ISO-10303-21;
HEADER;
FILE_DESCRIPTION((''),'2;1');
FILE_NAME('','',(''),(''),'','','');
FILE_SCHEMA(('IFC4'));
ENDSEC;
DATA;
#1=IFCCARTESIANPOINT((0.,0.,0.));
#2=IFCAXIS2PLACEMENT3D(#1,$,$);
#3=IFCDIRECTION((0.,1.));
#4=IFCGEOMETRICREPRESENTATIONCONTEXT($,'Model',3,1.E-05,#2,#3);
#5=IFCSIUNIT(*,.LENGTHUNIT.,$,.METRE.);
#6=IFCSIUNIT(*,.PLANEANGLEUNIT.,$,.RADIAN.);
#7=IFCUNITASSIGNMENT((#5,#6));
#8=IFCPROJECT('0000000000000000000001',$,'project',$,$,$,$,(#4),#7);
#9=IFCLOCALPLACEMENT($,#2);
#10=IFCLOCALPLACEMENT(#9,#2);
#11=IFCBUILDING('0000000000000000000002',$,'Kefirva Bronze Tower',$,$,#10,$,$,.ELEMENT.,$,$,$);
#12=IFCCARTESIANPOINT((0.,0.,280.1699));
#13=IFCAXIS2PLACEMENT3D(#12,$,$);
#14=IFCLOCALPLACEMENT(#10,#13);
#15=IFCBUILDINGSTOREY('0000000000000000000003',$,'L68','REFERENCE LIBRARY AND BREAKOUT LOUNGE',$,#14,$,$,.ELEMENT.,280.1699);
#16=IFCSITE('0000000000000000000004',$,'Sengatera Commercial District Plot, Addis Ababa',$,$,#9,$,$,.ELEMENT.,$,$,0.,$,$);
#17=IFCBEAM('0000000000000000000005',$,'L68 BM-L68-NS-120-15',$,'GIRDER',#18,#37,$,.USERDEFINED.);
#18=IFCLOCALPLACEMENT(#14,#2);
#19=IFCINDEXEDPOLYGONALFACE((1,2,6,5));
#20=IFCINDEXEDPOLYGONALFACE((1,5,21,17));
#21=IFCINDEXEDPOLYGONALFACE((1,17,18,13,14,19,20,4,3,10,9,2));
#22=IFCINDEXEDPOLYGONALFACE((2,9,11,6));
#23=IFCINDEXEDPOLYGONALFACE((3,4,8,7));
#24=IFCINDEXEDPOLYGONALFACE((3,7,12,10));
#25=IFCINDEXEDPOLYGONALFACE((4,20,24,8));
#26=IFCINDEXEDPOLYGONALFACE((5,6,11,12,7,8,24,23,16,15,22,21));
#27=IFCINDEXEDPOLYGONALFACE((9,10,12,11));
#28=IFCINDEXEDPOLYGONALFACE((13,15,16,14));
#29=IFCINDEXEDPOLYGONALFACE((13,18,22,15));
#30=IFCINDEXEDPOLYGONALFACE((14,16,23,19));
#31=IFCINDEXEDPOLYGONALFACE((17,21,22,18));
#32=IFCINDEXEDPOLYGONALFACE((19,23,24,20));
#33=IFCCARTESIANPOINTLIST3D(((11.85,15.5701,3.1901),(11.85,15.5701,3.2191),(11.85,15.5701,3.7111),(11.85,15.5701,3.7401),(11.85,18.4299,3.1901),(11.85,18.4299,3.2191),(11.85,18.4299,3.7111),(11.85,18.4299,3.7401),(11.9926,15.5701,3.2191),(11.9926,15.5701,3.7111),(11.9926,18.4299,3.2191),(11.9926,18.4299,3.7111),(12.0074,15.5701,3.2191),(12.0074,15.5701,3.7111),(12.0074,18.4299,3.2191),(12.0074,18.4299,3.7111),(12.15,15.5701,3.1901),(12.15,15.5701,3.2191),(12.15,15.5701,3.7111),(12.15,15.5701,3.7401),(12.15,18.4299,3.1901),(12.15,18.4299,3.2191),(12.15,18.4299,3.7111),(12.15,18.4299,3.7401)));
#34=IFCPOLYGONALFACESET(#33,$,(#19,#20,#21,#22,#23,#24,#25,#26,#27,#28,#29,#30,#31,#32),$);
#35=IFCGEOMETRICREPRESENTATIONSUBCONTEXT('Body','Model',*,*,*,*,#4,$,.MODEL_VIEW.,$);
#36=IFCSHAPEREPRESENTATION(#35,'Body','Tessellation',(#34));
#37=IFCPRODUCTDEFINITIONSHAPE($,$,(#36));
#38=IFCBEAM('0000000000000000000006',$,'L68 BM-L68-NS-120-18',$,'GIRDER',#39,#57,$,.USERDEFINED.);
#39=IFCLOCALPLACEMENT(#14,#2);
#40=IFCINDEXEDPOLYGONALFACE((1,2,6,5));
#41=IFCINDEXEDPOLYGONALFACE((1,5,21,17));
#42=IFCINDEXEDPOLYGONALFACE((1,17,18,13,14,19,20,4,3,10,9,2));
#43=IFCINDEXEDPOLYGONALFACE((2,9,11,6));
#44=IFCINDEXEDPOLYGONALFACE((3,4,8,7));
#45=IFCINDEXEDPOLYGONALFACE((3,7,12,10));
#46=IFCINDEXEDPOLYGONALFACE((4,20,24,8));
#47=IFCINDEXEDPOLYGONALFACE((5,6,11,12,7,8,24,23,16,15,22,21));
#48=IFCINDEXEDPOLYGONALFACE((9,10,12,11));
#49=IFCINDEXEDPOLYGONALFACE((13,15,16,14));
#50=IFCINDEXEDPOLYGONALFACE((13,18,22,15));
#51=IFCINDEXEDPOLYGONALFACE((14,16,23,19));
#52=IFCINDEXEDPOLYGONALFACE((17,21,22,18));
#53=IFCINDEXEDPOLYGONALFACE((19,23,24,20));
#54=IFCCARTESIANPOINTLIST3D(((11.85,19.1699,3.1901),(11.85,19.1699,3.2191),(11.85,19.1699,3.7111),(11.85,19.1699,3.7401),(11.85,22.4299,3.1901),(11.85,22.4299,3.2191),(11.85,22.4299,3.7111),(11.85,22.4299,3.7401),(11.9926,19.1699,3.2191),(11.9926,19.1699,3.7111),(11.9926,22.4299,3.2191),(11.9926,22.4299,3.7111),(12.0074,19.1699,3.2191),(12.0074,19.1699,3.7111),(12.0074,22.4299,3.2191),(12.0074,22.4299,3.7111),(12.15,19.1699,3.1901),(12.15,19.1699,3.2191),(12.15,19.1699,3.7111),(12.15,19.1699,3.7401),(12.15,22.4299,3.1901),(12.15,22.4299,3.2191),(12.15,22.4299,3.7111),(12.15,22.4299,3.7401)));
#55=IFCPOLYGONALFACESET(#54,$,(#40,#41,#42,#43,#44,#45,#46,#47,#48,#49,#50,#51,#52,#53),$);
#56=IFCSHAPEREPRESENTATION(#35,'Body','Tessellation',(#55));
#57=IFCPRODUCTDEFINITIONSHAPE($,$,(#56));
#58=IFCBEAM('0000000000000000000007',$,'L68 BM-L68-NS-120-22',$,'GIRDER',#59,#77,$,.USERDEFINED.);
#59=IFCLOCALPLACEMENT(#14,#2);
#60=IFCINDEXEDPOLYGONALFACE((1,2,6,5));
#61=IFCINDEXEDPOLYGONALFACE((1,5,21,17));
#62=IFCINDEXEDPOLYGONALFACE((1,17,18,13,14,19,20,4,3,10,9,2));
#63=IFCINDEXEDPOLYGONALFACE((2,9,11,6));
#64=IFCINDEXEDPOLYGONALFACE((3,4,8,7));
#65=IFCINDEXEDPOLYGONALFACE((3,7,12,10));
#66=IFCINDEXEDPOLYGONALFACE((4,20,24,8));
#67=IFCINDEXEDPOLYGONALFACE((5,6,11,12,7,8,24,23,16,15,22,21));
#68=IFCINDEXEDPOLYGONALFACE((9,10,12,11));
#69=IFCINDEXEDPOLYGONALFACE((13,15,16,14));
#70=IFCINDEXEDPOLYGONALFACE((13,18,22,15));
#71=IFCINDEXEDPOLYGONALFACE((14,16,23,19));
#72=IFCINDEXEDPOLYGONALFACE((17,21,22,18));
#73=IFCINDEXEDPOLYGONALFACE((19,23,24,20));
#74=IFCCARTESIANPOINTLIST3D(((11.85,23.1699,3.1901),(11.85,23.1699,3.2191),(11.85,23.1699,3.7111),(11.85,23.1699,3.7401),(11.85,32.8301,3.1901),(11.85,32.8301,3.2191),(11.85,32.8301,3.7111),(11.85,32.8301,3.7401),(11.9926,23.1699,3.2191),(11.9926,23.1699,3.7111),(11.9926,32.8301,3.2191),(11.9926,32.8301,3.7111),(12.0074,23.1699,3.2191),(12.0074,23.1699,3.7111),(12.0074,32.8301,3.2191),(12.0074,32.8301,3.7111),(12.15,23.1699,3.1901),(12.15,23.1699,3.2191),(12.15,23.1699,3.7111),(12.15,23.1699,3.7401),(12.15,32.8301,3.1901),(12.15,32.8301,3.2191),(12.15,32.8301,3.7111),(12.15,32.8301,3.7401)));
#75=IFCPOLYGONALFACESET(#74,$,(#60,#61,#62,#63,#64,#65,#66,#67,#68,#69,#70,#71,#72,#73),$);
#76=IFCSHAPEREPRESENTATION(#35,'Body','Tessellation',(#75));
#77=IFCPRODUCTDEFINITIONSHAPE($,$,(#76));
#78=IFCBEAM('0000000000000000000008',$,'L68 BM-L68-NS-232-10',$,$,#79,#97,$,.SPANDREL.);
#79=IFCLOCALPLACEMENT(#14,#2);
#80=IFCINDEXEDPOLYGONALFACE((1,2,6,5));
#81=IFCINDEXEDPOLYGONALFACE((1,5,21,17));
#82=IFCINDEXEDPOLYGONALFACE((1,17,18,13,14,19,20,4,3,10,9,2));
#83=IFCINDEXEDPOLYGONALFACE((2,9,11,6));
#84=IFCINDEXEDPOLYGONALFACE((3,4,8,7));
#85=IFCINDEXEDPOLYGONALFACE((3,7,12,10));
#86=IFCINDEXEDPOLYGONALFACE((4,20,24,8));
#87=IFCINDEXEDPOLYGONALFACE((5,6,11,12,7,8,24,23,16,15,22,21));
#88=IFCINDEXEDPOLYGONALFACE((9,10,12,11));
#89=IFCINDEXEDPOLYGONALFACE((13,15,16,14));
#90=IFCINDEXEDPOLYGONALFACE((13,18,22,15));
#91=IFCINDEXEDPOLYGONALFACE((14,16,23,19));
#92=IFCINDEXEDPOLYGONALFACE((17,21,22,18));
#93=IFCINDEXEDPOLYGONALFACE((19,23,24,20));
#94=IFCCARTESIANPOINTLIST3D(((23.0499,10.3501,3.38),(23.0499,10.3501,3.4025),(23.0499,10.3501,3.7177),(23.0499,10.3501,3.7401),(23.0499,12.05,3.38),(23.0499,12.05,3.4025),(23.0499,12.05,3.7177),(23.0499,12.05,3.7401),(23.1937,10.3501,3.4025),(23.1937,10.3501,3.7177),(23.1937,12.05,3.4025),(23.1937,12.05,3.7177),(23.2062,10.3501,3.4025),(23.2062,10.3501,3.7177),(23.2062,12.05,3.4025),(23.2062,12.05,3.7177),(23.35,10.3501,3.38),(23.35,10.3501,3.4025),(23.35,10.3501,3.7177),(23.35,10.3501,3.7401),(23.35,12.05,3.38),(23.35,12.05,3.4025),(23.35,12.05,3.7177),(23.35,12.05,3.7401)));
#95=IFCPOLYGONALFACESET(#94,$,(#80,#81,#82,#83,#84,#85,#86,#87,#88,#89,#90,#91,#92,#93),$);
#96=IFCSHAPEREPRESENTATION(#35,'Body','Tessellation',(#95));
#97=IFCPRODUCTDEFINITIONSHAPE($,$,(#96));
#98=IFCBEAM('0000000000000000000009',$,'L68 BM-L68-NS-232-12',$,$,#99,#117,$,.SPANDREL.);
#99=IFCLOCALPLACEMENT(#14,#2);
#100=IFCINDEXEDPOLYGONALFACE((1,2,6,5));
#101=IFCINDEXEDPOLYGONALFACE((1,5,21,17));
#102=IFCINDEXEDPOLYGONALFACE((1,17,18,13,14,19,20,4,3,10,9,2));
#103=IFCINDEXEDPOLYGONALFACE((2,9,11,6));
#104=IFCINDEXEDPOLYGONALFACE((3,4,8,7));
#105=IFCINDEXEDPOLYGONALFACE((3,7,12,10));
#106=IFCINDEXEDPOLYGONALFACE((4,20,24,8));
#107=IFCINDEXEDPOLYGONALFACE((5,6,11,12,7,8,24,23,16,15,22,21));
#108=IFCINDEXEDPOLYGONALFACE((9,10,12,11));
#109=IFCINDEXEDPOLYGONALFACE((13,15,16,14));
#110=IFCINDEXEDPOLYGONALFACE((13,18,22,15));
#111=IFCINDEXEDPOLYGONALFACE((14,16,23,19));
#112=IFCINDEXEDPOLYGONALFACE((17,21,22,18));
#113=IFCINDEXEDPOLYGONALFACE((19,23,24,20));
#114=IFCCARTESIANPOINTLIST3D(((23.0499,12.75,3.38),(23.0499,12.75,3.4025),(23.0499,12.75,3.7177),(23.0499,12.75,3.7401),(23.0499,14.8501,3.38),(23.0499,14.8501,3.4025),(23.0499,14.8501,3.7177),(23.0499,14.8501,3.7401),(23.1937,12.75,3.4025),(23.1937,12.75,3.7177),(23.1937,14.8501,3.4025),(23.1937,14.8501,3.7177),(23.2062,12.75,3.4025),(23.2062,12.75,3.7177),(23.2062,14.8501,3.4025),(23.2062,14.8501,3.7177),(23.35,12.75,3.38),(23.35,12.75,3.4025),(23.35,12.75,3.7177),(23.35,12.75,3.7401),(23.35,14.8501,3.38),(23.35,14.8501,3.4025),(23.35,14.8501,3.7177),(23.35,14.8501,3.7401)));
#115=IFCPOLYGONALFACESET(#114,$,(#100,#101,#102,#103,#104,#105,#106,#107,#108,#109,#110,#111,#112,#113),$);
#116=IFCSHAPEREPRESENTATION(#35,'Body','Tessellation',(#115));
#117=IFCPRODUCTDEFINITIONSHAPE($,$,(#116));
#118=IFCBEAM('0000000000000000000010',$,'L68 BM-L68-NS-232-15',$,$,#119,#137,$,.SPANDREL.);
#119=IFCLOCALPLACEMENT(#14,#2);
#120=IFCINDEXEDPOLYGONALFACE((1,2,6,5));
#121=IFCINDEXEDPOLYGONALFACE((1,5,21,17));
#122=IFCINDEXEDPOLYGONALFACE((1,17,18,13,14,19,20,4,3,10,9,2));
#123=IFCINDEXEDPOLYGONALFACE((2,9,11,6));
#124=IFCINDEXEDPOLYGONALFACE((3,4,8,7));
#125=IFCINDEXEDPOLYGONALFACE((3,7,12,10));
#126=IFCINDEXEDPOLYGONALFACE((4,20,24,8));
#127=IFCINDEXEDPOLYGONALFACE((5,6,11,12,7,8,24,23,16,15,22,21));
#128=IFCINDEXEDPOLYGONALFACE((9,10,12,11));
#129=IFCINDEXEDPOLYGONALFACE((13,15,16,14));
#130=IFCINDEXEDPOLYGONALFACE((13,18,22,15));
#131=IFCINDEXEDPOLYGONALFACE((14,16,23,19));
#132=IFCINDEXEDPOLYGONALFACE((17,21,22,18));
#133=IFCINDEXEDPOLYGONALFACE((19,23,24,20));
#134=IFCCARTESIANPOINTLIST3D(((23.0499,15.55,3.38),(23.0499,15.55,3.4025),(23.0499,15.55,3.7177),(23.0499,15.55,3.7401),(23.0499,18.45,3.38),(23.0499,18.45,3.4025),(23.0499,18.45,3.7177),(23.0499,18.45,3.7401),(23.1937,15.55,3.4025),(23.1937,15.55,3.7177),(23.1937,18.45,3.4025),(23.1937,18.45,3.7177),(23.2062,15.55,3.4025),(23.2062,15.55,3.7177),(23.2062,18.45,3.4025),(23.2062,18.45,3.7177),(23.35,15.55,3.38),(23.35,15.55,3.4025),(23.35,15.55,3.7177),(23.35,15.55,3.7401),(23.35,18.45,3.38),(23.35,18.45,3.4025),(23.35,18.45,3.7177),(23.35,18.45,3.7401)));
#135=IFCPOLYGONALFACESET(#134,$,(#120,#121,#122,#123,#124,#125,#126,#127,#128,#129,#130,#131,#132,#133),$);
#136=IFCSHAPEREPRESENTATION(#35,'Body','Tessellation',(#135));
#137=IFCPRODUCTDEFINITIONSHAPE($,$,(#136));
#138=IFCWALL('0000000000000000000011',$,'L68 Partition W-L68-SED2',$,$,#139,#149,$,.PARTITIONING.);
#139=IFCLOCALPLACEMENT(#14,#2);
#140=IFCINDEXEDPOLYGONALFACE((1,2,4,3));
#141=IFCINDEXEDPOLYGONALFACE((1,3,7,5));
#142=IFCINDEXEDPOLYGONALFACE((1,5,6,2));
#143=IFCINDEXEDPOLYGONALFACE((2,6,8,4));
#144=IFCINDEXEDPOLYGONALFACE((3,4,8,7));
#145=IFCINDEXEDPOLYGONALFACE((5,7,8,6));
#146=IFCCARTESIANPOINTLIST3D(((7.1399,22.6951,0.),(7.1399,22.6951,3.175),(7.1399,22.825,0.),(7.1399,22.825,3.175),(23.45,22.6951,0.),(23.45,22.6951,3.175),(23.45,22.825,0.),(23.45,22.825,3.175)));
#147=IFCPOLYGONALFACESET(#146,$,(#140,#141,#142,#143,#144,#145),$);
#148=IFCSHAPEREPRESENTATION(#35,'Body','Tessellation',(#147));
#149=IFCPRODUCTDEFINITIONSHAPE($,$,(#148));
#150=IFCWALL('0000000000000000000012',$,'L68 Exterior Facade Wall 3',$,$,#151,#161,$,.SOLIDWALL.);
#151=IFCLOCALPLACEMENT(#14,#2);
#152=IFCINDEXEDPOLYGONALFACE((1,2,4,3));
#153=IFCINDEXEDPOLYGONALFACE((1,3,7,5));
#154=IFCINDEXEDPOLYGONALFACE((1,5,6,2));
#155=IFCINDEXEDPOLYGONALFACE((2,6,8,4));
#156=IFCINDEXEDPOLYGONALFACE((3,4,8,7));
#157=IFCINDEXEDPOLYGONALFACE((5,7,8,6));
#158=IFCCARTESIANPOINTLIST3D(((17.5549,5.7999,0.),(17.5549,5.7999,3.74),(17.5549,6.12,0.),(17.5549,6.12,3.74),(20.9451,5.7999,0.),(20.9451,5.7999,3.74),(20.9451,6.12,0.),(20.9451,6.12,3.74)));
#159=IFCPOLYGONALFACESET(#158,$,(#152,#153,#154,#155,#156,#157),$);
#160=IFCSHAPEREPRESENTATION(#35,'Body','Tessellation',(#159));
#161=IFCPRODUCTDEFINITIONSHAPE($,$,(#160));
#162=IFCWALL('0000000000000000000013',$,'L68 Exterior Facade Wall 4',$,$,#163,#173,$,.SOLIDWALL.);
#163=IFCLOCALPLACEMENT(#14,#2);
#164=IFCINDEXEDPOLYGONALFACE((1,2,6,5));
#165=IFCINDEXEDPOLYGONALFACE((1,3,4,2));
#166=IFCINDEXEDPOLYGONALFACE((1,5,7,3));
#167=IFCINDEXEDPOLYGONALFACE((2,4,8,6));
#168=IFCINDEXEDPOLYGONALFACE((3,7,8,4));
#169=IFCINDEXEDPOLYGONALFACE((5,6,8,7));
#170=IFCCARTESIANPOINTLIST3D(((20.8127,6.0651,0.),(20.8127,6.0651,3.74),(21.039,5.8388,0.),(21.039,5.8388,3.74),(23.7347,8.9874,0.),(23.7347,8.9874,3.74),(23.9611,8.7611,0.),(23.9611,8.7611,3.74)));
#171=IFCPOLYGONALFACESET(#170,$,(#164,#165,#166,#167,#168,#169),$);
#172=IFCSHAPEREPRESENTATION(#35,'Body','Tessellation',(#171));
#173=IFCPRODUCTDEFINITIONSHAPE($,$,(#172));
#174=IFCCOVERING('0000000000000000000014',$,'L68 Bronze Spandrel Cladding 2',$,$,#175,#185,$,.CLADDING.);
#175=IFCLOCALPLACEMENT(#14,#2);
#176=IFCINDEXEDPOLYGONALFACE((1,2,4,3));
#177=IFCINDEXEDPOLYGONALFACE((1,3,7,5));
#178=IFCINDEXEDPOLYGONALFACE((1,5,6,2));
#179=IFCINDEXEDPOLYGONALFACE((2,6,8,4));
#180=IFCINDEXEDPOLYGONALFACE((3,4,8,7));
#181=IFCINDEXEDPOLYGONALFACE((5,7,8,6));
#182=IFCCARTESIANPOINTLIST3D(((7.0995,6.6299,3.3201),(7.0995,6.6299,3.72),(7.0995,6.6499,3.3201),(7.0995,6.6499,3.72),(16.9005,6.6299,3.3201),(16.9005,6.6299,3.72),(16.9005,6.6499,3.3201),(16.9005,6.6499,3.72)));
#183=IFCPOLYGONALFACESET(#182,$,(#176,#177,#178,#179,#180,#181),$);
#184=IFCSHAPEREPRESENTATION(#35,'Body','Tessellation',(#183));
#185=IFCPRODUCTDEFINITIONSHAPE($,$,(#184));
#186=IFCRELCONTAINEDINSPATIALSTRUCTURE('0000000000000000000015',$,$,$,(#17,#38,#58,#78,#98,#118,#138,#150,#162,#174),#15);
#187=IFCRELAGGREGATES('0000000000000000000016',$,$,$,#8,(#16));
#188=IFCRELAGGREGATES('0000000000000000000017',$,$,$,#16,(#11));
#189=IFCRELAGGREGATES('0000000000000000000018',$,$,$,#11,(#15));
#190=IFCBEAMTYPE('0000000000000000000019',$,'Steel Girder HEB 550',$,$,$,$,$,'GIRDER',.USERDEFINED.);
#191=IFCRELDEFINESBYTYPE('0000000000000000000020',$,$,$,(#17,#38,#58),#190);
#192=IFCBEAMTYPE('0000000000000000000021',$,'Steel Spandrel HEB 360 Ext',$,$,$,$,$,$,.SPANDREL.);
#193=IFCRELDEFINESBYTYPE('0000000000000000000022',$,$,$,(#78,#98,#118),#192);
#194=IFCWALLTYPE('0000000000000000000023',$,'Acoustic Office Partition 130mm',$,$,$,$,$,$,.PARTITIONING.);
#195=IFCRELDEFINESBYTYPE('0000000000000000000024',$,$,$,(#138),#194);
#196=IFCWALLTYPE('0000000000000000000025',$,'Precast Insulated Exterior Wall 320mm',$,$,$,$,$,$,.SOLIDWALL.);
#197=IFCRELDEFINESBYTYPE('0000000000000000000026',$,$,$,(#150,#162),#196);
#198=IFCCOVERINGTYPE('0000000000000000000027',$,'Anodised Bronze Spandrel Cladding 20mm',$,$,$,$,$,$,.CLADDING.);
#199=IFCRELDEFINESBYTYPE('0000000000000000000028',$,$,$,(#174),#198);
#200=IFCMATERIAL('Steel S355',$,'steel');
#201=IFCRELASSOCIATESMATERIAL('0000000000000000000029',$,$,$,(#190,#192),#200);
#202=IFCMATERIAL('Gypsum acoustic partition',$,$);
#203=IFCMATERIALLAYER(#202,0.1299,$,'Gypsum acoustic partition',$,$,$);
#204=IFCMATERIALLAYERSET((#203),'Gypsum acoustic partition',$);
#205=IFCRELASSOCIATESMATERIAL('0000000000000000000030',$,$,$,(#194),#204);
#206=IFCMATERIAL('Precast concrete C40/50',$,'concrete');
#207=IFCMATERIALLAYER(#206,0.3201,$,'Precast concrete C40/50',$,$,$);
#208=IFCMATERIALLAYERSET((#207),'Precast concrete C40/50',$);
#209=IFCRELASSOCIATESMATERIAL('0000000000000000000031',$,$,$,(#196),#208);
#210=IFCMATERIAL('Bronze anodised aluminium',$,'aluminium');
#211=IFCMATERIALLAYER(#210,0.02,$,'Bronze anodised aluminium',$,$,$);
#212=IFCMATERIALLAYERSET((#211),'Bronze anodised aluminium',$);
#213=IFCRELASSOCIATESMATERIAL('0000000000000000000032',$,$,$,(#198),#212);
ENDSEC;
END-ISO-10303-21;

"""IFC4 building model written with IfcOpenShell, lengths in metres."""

from ifc_helpers import new_model, si_unit, direction, frame, frame_2d, origin, origin_2d, place, context, subcontext, project, spatial, rectangle, i_section, extrude, material, layer, layer_set, material_profile, profile_set, type_object, element, save


model = new_model("IFC4")

# Units and contexts
model_context = context("Model", 3, precision=1e-05, world=origin(), true_north=direction((0.0, 1.0)))
body_context = subcontext(model_context, "Body", "Model", "MODEL_VIEW")
ifc_project = project(units=[si_unit("LENGTHUNIT", "METRE"), si_unit("PLANEANGLEUNIT", "RADIAN")], contexts=[model_context])

# Site, building, storey
site_placement = place(None, origin())
site = spatial("IfcSite", under=ifc_project, at=site_placement, Name="Sengatera Commercial District Plot, Addis Ababa", CompositionType="ELEMENT", RefElevation=0.0)
building_placement = place(site_placement, origin())
building = spatial("IfcBuilding", under=site, at=building_placement, Name="Kefirva Bronze Tower", CompositionType="ELEMENT")
storey_placement = place(building_placement, frame((0.0, 0.0, 280.1699)))
storey = spatial("IfcBuildingStorey", under=building, at=storey_placement, Name="L68", Description="REFERENCE LIBRARY AND BREAKOUT LOUNGE", CompositionType="ELEMENT", Elevation=280.1699)

# Beams
ifc_material_1 = material(Name="Steel S355", Category="steel")
ifc_material_profile_1 = material_profile(ifc_material_1, i_section(OverallWidth=0.3, OverallDepth=0.55, WebThickness=0.0149, FlangeThickness=0.0291, at=origin_2d()), Name="HEB 550")
ifc_profile_set_1 = profile_set([ifc_material_profile_1], Name="Steel S355")
beam_type_1 = type_object("IfcBeamType", Name="Steel Girder HEB 550", ElementType="GIRDER", PredefinedType="USERDEFINED", material=ifc_profile_set_1)
beam_1_placement = place(storey_placement, frame((12.0, 15.5701, 3.4651), z_axis=(0.0, 1.0, 0.0), x_axis=(-1.0, 0.0, 0.0)))
element("IfcBeam", 1, at=beam_1_placement, inside=storey, type_object=beam_type_1, Name="L68 BM-L68-NS-120-15", ObjectType="GIRDER", PredefinedType="USERDEFINED", context=body_context, shape_type="SweptSolid", body=[
    extrude(i_section(OverallWidth=0.3, OverallDepth=0.55, WebThickness=0.0149, FlangeThickness=0.0291, at=origin_2d()), origin(), (0.0, 0.0, 1.0), 2.8599),
])
beam_2_placement = place(storey_placement, frame((12.0, 19.1699, 3.4651), z_axis=(0.0, 1.0, 0.0), x_axis=(-1.0, 0.0, 0.0)))
element("IfcBeam", 2, at=beam_2_placement, inside=storey, type_object=beam_type_1, Name="L68 BM-L68-NS-120-18", ObjectType="GIRDER", PredefinedType="USERDEFINED", context=body_context, shape_type="SweptSolid", body=[
    extrude(i_section(OverallWidth=0.3, OverallDepth=0.55, WebThickness=0.0149, FlangeThickness=0.0291, at=origin_2d()), origin(), (0.0, 0.0, 1.0), 3.26),
])
beam_3_placement = place(storey_placement, frame((12.0, 23.1699, 3.4651), z_axis=(0.0, 1.0, 0.0), x_axis=(-1.0, 0.0, 0.0)))
element("IfcBeam", 3, at=beam_3_placement, inside=storey, type_object=beam_type_1, Name="L68 BM-L68-NS-120-22", ObjectType="GIRDER", PredefinedType="USERDEFINED", context=body_context, shape_type="SweptSolid", body=[
    extrude(i_section(OverallWidth=0.3, OverallDepth=0.55, WebThickness=0.0149, FlangeThickness=0.0291, at=origin_2d()), origin(), (0.0, 0.0, 1.0), 9.6602),
])
ifc_material_profile_2 = material_profile(ifc_material_1, i_section(OverallWidth=0.3, OverallDepth=0.3601, WebThickness=0.0125, FlangeThickness=0.0225, at=origin_2d()), Name="HEB 360")
ifc_profile_set_2 = profile_set([ifc_material_profile_2], Name="Steel S355")
beam_type_2 = type_object("IfcBeamType", Name="Steel Spandrel HEB 360 Ext", PredefinedType="SPANDREL", material=ifc_profile_set_2)
beam_4_placement = place(storey_placement, frame((23.2, 10.3501, 3.5601), z_axis=(0.0, 1.0, 0.0), x_axis=(-1.0, 0.0, 0.0)))
element("IfcBeam", 4, at=beam_4_placement, inside=storey, type_object=beam_type_2, Name="L68 BM-L68-NS-232-10", PredefinedType="SPANDREL", context=body_context, shape_type="SweptSolid", body=[
    extrude(i_section(OverallWidth=0.3, OverallDepth=0.3601, WebThickness=0.0125, FlangeThickness=0.0225, at=origin_2d()), origin(), (0.0, 0.0, 1.0), 1.7),
])
beam_5_placement = place(storey_placement, frame((23.2, 12.75, 3.5601), z_axis=(0.0, 1.0, 0.0), x_axis=(-1.0, 0.0, 0.0)))
element("IfcBeam", 5, at=beam_5_placement, inside=storey, type_object=beam_type_2, Name="L68 BM-L68-NS-232-12", PredefinedType="SPANDREL", context=body_context, shape_type="SweptSolid", body=[
    extrude(i_section(OverallWidth=0.3, OverallDepth=0.3601, WebThickness=0.0125, FlangeThickness=0.0225, at=origin_2d()), origin(), (0.0, 0.0, 1.0), 2.1001),
])
beam_6_placement = place(storey_placement, frame((23.2, 15.55, 3.5601), z_axis=(0.0, 1.0, 0.0), x_axis=(-1.0, 0.0, 0.0)))
element("IfcBeam", 6, at=beam_6_placement, inside=storey, type_object=beam_type_2, Name="L68 BM-L68-NS-232-15", PredefinedType="SPANDREL", context=body_context, shape_type="SweptSolid", body=[
    extrude(i_section(OverallWidth=0.3, OverallDepth=0.3601, WebThickness=0.0125, FlangeThickness=0.0225, at=origin_2d()), origin(), (0.0, 0.0, 1.0), 2.8999),
])

# Walls
ifc_material_2 = material(Name="Gypsum acoustic partition")
ifc_layer_1 = layer(ifc_material_2, 0.1299, Name="Gypsum acoustic partition")
ifc_layer_set_1 = layer_set([ifc_layer_1], Name="Gypsum acoustic partition")
wall_type_1 = type_object("IfcWallType", Name="Acoustic Office Partition 130mm", PredefinedType="PARTITIONING", material=ifc_layer_set_1)
wall_1_placement = place(storey_placement, frame((7.1399, 22.76, 0.0), z_axis=(0.0, 0.0, 1.0), x_axis=(1.0, 0.0, 0.0)))
element("IfcWall", 7, at=wall_1_placement, inside=storey, type_object=wall_type_1, Name="L68 Partition W-L68-SED2", PredefinedType="PARTITIONING", context=body_context, shape_type="SweptSolid", body=[
    extrude(rectangle(XDim=16.3101, YDim=0.1299, at=frame_2d((8.155, 0.0))), origin(), (0.0, 0.0, 1.0), 3.175),
])
ifc_material_3 = material(Name="Precast concrete C40/50", Category="concrete")
ifc_layer_2 = layer(ifc_material_3, 0.3201, Name="Precast concrete C40/50")
ifc_layer_set_2 = layer_set([ifc_layer_2], Name="Precast concrete C40/50")
wall_type_2 = type_object("IfcWallType", Name="Precast Insulated Exterior Wall 320mm", PredefinedType="SOLIDWALL", material=ifc_layer_set_2)
wall_2_placement = place(storey_placement, frame((17.5549, 5.96, 0.0), z_axis=(0.0, 0.0, 1.0), x_axis=(1.0, 0.0, 0.0)))
element("IfcWall", 8, at=wall_2_placement, inside=storey, type_object=wall_type_2, Name="L68 Exterior Facade Wall 3", PredefinedType="SOLIDWALL", context=body_context, shape_type="SweptSolid", body=[
    extrude(rectangle(XDim=3.3901, YDim=0.3201, at=frame_2d((1.6951, 0.0))), origin(), (0.0, 0.0, 1.0), 3.74),
])
wall_3_placement = place(storey_placement, frame((20.9258, 5.9519, 0.0), z_axis=(0.0, 0.0, 1.0), x_axis=(0.707077, 0.707136, 0.0)))
element("IfcWall", 9, at=wall_3_placement, inside=storey, type_object=wall_type_2, Name="L68 Exterior Facade Wall 4", PredefinedType="SOLIDWALL", context=body_context, shape_type="SweptSolid", body=[
    extrude(rectangle(XDim=4.1326, YDim=0.3201, at=frame_2d((2.0664, 0.0))), origin(), (0.0, 0.0, 1.0), 3.74),
])

# Covering
ifc_material_4 = material(Name="Bronze anodised aluminium", Category="aluminium")
ifc_layer_3 = layer(ifc_material_4, 0.02, Name="Bronze anodised aluminium")
ifc_layer_set_3 = layer_set([ifc_layer_3], Name="Bronze anodised aluminium")
covering_type_1 = type_object("IfcCoveringType", Name="Anodised Bronze Spandrel Cladding 20mm", PredefinedType="CLADDING", material=ifc_layer_set_3)
covering_1_placement = place(storey_placement, frame((12.0, 6.6399, 3.3201), z_axis=(0.0, 0.0, 1.0), x_axis=(1.0, 0.0, 0.0)))
element("IfcCovering", 10, at=covering_1_placement, inside=storey, type_object=covering_type_1, Name="L68 Bronze Spandrel Cladding 2", PredefinedType="CLADDING", context=body_context, shape_type="SweptSolid", body=[
    extrude(rectangle(XDim=9.801, YDim=0.02, at=origin_2d()), origin(), (0.0, 0.0, 1.0), 0.3999),
])

save(model, "model.ifc")
